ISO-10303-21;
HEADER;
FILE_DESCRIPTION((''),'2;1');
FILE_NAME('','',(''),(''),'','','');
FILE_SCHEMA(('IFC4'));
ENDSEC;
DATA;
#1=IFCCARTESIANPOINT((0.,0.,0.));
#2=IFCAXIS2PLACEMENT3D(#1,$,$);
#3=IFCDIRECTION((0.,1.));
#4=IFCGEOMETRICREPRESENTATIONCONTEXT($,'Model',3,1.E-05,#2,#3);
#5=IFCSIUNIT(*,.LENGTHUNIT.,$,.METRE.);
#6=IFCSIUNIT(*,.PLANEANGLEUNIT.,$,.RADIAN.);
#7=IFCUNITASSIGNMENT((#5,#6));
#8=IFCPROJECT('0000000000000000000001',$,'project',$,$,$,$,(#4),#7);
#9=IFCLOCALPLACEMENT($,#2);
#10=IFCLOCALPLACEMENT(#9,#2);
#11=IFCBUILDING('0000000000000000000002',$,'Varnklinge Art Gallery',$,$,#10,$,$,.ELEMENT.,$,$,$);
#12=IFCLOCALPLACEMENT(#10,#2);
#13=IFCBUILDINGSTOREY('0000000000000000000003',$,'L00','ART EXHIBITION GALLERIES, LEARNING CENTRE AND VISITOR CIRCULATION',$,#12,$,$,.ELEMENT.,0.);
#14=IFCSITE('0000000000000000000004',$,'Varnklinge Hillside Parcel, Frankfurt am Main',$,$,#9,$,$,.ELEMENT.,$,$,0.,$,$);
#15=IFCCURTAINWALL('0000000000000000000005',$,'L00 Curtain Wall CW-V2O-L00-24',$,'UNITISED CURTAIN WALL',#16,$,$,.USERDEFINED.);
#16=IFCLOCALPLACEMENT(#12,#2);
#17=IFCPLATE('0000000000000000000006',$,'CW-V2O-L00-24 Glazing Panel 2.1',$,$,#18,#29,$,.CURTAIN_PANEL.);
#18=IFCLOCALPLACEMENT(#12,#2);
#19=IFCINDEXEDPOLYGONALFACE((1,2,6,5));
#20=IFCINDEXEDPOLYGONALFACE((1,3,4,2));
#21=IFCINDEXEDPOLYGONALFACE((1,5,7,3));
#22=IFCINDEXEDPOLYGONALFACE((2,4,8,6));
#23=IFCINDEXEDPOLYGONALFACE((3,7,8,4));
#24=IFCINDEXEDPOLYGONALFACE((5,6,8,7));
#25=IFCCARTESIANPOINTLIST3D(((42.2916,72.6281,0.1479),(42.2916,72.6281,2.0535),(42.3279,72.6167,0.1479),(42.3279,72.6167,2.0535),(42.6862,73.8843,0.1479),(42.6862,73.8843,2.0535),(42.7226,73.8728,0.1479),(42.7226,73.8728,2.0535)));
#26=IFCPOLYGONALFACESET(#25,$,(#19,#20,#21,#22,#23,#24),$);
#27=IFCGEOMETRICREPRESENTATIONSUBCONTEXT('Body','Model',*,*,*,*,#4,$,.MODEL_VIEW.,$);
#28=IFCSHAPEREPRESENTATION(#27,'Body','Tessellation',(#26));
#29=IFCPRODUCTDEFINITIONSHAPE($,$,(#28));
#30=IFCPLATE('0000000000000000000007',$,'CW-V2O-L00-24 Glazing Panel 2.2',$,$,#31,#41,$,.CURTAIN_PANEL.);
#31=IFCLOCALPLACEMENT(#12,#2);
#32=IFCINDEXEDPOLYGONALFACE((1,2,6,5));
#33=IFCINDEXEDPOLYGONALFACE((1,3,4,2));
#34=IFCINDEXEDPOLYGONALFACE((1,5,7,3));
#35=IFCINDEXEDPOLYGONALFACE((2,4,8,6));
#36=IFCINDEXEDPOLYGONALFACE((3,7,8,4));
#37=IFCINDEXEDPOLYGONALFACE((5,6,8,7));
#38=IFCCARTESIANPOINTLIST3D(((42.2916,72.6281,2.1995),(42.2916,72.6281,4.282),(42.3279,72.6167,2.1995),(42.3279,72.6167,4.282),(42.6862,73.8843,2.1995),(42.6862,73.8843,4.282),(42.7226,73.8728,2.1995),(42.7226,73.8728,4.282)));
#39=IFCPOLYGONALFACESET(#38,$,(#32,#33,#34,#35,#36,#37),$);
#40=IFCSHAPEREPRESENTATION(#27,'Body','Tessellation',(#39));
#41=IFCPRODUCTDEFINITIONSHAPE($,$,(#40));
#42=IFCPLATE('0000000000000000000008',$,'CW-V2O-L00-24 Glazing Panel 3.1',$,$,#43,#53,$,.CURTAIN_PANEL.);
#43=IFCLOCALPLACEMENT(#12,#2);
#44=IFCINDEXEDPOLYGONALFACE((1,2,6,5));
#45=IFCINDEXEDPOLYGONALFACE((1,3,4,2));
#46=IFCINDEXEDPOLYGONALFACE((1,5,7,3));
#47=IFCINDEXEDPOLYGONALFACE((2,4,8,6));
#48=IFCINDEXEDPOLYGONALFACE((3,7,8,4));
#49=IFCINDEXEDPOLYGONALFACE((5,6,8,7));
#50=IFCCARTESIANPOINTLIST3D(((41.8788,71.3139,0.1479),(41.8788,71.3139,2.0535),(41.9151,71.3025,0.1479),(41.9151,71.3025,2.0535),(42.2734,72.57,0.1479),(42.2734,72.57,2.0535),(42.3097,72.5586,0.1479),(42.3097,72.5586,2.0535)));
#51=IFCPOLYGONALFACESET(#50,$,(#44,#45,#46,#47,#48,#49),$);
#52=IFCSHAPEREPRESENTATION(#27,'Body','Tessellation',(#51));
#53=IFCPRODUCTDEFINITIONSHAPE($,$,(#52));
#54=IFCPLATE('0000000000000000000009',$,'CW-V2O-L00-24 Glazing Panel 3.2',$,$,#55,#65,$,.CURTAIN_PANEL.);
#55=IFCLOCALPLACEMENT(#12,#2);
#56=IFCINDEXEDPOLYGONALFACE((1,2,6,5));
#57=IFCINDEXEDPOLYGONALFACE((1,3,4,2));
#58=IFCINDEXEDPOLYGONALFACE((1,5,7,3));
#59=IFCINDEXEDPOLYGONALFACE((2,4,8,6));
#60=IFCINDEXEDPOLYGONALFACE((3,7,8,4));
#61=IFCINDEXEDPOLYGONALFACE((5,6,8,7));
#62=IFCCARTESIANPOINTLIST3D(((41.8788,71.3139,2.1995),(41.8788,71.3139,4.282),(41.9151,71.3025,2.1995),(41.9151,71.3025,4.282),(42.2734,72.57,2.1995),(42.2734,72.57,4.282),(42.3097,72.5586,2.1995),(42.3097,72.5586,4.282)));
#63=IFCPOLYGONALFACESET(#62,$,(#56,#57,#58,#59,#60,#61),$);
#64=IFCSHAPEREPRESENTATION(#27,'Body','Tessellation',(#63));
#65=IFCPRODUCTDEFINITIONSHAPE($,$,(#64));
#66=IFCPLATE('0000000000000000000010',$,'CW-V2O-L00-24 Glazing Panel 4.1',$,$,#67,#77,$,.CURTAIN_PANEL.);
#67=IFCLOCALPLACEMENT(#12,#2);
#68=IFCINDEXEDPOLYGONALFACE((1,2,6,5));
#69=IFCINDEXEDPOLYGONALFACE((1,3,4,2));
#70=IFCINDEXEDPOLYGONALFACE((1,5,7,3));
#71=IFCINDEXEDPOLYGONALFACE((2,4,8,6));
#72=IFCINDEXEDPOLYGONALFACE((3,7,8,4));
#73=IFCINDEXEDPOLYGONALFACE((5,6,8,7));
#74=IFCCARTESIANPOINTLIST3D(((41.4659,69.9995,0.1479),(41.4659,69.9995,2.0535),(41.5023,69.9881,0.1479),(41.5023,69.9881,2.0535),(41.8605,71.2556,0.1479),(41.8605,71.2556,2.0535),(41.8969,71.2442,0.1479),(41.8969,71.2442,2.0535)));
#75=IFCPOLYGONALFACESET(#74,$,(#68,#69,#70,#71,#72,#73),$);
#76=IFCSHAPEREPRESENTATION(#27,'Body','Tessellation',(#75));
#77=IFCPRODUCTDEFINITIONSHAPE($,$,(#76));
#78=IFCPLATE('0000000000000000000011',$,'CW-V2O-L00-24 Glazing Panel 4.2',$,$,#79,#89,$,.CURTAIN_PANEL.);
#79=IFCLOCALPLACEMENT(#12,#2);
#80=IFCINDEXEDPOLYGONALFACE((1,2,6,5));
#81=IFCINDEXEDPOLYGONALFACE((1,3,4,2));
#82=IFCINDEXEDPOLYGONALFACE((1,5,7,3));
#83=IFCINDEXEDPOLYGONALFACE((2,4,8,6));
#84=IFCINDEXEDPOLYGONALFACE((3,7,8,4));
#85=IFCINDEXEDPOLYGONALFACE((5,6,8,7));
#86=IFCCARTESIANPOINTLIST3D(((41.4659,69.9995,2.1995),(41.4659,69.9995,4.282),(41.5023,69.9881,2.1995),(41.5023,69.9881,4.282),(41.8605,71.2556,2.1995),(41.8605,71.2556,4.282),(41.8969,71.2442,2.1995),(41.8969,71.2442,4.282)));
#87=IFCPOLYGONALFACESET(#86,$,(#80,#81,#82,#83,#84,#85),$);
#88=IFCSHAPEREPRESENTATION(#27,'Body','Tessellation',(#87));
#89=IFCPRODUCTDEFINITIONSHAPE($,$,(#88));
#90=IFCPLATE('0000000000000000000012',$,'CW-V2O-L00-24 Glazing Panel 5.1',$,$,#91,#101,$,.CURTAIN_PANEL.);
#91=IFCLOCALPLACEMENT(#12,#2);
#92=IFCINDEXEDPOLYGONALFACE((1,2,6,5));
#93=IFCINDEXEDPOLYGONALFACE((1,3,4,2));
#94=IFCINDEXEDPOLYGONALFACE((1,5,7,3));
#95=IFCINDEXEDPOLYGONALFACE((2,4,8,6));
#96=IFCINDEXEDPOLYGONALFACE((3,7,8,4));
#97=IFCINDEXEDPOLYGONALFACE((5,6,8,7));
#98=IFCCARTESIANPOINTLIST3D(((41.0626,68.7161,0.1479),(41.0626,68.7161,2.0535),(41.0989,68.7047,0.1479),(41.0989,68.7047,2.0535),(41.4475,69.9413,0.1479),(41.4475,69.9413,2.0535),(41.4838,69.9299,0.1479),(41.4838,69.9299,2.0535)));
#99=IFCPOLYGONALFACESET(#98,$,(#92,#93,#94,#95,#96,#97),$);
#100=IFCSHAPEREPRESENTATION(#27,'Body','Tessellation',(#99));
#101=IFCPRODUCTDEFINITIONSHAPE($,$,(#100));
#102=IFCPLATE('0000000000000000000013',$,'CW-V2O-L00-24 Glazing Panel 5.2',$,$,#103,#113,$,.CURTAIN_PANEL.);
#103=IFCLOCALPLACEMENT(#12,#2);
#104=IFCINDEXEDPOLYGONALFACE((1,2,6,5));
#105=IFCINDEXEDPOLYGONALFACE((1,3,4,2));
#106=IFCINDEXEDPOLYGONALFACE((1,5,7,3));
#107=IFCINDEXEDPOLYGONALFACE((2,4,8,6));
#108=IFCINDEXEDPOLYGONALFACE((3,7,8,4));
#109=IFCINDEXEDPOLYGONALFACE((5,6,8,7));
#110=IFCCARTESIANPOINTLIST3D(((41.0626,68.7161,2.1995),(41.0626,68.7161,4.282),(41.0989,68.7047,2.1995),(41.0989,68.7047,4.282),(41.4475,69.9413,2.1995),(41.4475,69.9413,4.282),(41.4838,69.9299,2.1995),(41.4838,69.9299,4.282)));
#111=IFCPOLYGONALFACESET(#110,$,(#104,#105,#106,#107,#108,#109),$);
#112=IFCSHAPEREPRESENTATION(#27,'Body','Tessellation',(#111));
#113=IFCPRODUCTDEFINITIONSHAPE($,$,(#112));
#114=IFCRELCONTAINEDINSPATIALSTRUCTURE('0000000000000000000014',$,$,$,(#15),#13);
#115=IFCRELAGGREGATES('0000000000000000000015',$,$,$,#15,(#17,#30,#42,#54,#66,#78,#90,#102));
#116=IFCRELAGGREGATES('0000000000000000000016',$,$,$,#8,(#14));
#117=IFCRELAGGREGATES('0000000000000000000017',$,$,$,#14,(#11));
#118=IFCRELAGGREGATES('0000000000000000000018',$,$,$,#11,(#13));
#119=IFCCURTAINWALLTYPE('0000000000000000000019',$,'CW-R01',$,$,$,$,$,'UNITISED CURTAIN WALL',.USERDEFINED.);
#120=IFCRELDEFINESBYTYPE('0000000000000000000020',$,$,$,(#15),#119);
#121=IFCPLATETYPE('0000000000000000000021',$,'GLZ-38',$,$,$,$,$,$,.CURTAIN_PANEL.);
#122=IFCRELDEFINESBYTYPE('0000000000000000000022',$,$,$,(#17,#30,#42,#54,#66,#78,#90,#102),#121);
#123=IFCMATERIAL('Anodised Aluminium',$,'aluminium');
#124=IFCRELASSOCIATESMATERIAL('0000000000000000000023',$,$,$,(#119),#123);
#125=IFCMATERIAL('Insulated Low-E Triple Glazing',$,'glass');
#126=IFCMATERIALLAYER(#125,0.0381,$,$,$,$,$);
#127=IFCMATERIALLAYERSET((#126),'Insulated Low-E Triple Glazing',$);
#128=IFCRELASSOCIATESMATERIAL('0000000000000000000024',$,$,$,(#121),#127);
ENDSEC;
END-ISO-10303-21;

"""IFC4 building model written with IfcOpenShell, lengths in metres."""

from ifc_helpers import new_model, si_unit, direction, frame, origin, origin_2d, place, context, subcontext, project, spatial, rectangle, extrude, material, layer, layer_set, type_object, element, aggregate, save


model = new_model("IFC4")

# Units and contexts
model_context = context("Model", 3, precision=1e-05, world=origin(), true_north=direction((0.0, 1.0)))
body_context = subcontext(model_context, "Body", "Model", "MODEL_VIEW")
ifc_project = project(units=[si_unit("LENGTHUNIT", "METRE"), si_unit("PLANEANGLEUNIT", "RADIAN")], contexts=[model_context])

# Site, building, storey
site_placement = place(None, origin())
site = spatial("IfcSite", under=ifc_project, at=site_placement, Name="Varnklinge Hillside Parcel, Frankfurt am Main", CompositionType="ELEMENT", RefElevation=0.0)
building_placement = place(site_placement, origin())
building = spatial("IfcBuilding", under=site, at=building_placement, Name="Varnklinge Art Gallery", CompositionType="ELEMENT")
storey_placement = place(building_placement, origin())
storey = spatial("IfcBuildingStorey", under=building, at=storey_placement, Name="L00", Description="ART EXHIBITION GALLERIES, LEARNING CENTRE AND VISITOR CIRCULATION", CompositionType="ELEMENT", Elevation=0.0)

# Curtain wall
ifc_material_1 = material(Name="Anodised Aluminium", Category="aluminium")
curtain_wall_type = type_object("IfcCurtainWallType", Name="CW-R01", ElementType="UNITISED CURTAIN WALL", PredefinedType="USERDEFINED", material=ifc_material_1)
curtain_wall_1_placement = place(storey_placement, origin())
curtain_wall_1 = element("IfcCurtainWall", 1, at=curtain_wall_1_placement, inside=storey, type_object=curtain_wall_type, Name="L00 Curtain Wall CW-V2O-L00-24", ObjectType="UNITISED CURTAIN WALL", PredefinedType="USERDEFINED")

# Plates
ifc_material_2 = material(Name="Insulated Low-E Triple Glazing", Category="glass")
ifc_layer = layer(ifc_material_2, 0.0381)
ifc_layer_set = layer_set([ifc_layer], Name="Insulated Low-E Triple Glazing")
plate_type = type_object("IfcPlateType", Name="GLZ-38", PredefinedType="CURTAIN_PANEL", material=ifc_layer_set)
plate_1_placement = place(storey_placement, frame((42.5071, 73.2505, 0.1479), z_axis=(0.0, 0.0, 1.0), x_axis=(-0.299707, -0.954031, 0.0)))
plate_1 = element("IfcPlate", 2, at=plate_1_placement, type_object=plate_type, Name="CW-V2O-L00-24 Glazing Panel 2.1", PredefinedType="CURTAIN_PANEL", context=body_context, shape_type="SweptSolid", body=[
    extrude(rectangle(XDim=1.3167, YDim=0.0381, at=origin_2d()), origin(), (0.0, 0.0, 1.0), 1.9055),
])
plate_2_placement = place(storey_placement, frame((42.5071, 73.2505, 2.1995), z_axis=(0.0, 0.0, 1.0), x_axis=(-0.299707, -0.954031, 0.0)))
plate_2 = element("IfcPlate", 3, at=plate_2_placement, type_object=plate_type, Name="CW-V2O-L00-24 Glazing Panel 2.2", PredefinedType="CURTAIN_PANEL", context=body_context, shape_type="SweptSolid", body=[
    extrude(rectangle(XDim=1.3167, YDim=0.0381, at=origin_2d()), origin(), (0.0, 0.0, 1.0), 2.0825),
])
plate_3_placement = place(storey_placement, frame((42.0942, 71.9363, 0.1479), z_axis=(0.0, 0.0, 1.0), x_axis=(-0.299707, -0.954031, 0.0)))
plate_3 = element("IfcPlate", 4, at=plate_3_placement, type_object=plate_type, Name="CW-V2O-L00-24 Glazing Panel 3.1", PredefinedType="CURTAIN_PANEL", context=body_context, shape_type="SweptSolid", body=[
    extrude(rectangle(XDim=1.3167, YDim=0.0381, at=origin_2d()), origin(), (0.0, 0.0, 1.0), 1.9055),
])
plate_4_placement = place(storey_placement, frame((42.0942, 71.9363, 2.1995), z_axis=(0.0, 0.0, 1.0), x_axis=(-0.299707, -0.954031, 0.0)))
plate_4 = element("IfcPlate", 5, at=plate_4_placement, type_object=plate_type, Name="CW-V2O-L00-24 Glazing Panel 3.2", PredefinedType="CURTAIN_PANEL", context=body_context, shape_type="SweptSolid", body=[
    extrude(rectangle(XDim=1.3167, YDim=0.0381, at=origin_2d()), origin(), (0.0, 0.0, 1.0), 2.0825),
])
plate_5_placement = place(storey_placement, frame((41.6814, 70.6218, 0.1479), z_axis=(0.0, 0.0, 1.0), x_axis=(-0.299707, -0.954031, 0.0)))
plate_5 = element("IfcPlate", 6, at=plate_5_placement, type_object=plate_type, Name="CW-V2O-L00-24 Glazing Panel 4.1", PredefinedType="CURTAIN_PANEL", context=body_context, shape_type="SweptSolid", body=[
    extrude(rectangle(XDim=1.3167, YDim=0.0381, at=origin_2d()), origin(), (0.0, 0.0, 1.0), 1.9055),
])
plate_6_placement = place(storey_placement, frame((41.6814, 70.6218, 2.1995), z_axis=(0.0, 0.0, 1.0), x_axis=(-0.299707, -0.954031, 0.0)))
plate_6 = element("IfcPlate", 7, at=plate_6_placement, type_object=plate_type, Name="CW-V2O-L00-24 Glazing Panel 4.2", PredefinedType="CURTAIN_PANEL", context=body_context, shape_type="SweptSolid", body=[
    extrude(rectangle(XDim=1.3167, YDim=0.0381, at=origin_2d()), origin(), (0.0, 0.0, 1.0), 2.0825),
])
plate_7_placement = place(storey_placement, frame((41.2732, 69.323, 0.1479), z_axis=(0.0, 0.0, 1.0), x_axis=(-0.299707, -0.954031, 0.0)))
plate_7 = element("IfcPlate", 8, at=plate_7_placement, type_object=plate_type, Name="CW-V2O-L00-24 Glazing Panel 5.1", PredefinedType="CURTAIN_PANEL", context=body_context, shape_type="SweptSolid", body=[
    extrude(rectangle(XDim=1.2842, YDim=0.0381, at=origin_2d()), origin(), (0.0, 0.0, 1.0), 1.9055),
])
plate_8_placement = place(storey_placement, frame((41.2732, 69.323, 2.1995), z_axis=(0.0, 0.0, 1.0), x_axis=(-0.299707, -0.954031, 0.0)))
plate_8 = element("IfcPlate", 9, at=plate_8_placement, type_object=plate_type, Name="CW-V2O-L00-24 Glazing Panel 5.2", PredefinedType="CURTAIN_PANEL", context=body_context, shape_type="SweptSolid", body=[
    extrude(rectangle(XDim=1.2842, YDim=0.0381, at=origin_2d()), origin(), (0.0, 0.0, 1.0), 2.0825),
])
aggregate(curtain_wall_1, [plate_1, plate_2, plate_3, plate_4, plate_5, plate_6, plate_7, plate_8])

save(model, "model.ifc")
